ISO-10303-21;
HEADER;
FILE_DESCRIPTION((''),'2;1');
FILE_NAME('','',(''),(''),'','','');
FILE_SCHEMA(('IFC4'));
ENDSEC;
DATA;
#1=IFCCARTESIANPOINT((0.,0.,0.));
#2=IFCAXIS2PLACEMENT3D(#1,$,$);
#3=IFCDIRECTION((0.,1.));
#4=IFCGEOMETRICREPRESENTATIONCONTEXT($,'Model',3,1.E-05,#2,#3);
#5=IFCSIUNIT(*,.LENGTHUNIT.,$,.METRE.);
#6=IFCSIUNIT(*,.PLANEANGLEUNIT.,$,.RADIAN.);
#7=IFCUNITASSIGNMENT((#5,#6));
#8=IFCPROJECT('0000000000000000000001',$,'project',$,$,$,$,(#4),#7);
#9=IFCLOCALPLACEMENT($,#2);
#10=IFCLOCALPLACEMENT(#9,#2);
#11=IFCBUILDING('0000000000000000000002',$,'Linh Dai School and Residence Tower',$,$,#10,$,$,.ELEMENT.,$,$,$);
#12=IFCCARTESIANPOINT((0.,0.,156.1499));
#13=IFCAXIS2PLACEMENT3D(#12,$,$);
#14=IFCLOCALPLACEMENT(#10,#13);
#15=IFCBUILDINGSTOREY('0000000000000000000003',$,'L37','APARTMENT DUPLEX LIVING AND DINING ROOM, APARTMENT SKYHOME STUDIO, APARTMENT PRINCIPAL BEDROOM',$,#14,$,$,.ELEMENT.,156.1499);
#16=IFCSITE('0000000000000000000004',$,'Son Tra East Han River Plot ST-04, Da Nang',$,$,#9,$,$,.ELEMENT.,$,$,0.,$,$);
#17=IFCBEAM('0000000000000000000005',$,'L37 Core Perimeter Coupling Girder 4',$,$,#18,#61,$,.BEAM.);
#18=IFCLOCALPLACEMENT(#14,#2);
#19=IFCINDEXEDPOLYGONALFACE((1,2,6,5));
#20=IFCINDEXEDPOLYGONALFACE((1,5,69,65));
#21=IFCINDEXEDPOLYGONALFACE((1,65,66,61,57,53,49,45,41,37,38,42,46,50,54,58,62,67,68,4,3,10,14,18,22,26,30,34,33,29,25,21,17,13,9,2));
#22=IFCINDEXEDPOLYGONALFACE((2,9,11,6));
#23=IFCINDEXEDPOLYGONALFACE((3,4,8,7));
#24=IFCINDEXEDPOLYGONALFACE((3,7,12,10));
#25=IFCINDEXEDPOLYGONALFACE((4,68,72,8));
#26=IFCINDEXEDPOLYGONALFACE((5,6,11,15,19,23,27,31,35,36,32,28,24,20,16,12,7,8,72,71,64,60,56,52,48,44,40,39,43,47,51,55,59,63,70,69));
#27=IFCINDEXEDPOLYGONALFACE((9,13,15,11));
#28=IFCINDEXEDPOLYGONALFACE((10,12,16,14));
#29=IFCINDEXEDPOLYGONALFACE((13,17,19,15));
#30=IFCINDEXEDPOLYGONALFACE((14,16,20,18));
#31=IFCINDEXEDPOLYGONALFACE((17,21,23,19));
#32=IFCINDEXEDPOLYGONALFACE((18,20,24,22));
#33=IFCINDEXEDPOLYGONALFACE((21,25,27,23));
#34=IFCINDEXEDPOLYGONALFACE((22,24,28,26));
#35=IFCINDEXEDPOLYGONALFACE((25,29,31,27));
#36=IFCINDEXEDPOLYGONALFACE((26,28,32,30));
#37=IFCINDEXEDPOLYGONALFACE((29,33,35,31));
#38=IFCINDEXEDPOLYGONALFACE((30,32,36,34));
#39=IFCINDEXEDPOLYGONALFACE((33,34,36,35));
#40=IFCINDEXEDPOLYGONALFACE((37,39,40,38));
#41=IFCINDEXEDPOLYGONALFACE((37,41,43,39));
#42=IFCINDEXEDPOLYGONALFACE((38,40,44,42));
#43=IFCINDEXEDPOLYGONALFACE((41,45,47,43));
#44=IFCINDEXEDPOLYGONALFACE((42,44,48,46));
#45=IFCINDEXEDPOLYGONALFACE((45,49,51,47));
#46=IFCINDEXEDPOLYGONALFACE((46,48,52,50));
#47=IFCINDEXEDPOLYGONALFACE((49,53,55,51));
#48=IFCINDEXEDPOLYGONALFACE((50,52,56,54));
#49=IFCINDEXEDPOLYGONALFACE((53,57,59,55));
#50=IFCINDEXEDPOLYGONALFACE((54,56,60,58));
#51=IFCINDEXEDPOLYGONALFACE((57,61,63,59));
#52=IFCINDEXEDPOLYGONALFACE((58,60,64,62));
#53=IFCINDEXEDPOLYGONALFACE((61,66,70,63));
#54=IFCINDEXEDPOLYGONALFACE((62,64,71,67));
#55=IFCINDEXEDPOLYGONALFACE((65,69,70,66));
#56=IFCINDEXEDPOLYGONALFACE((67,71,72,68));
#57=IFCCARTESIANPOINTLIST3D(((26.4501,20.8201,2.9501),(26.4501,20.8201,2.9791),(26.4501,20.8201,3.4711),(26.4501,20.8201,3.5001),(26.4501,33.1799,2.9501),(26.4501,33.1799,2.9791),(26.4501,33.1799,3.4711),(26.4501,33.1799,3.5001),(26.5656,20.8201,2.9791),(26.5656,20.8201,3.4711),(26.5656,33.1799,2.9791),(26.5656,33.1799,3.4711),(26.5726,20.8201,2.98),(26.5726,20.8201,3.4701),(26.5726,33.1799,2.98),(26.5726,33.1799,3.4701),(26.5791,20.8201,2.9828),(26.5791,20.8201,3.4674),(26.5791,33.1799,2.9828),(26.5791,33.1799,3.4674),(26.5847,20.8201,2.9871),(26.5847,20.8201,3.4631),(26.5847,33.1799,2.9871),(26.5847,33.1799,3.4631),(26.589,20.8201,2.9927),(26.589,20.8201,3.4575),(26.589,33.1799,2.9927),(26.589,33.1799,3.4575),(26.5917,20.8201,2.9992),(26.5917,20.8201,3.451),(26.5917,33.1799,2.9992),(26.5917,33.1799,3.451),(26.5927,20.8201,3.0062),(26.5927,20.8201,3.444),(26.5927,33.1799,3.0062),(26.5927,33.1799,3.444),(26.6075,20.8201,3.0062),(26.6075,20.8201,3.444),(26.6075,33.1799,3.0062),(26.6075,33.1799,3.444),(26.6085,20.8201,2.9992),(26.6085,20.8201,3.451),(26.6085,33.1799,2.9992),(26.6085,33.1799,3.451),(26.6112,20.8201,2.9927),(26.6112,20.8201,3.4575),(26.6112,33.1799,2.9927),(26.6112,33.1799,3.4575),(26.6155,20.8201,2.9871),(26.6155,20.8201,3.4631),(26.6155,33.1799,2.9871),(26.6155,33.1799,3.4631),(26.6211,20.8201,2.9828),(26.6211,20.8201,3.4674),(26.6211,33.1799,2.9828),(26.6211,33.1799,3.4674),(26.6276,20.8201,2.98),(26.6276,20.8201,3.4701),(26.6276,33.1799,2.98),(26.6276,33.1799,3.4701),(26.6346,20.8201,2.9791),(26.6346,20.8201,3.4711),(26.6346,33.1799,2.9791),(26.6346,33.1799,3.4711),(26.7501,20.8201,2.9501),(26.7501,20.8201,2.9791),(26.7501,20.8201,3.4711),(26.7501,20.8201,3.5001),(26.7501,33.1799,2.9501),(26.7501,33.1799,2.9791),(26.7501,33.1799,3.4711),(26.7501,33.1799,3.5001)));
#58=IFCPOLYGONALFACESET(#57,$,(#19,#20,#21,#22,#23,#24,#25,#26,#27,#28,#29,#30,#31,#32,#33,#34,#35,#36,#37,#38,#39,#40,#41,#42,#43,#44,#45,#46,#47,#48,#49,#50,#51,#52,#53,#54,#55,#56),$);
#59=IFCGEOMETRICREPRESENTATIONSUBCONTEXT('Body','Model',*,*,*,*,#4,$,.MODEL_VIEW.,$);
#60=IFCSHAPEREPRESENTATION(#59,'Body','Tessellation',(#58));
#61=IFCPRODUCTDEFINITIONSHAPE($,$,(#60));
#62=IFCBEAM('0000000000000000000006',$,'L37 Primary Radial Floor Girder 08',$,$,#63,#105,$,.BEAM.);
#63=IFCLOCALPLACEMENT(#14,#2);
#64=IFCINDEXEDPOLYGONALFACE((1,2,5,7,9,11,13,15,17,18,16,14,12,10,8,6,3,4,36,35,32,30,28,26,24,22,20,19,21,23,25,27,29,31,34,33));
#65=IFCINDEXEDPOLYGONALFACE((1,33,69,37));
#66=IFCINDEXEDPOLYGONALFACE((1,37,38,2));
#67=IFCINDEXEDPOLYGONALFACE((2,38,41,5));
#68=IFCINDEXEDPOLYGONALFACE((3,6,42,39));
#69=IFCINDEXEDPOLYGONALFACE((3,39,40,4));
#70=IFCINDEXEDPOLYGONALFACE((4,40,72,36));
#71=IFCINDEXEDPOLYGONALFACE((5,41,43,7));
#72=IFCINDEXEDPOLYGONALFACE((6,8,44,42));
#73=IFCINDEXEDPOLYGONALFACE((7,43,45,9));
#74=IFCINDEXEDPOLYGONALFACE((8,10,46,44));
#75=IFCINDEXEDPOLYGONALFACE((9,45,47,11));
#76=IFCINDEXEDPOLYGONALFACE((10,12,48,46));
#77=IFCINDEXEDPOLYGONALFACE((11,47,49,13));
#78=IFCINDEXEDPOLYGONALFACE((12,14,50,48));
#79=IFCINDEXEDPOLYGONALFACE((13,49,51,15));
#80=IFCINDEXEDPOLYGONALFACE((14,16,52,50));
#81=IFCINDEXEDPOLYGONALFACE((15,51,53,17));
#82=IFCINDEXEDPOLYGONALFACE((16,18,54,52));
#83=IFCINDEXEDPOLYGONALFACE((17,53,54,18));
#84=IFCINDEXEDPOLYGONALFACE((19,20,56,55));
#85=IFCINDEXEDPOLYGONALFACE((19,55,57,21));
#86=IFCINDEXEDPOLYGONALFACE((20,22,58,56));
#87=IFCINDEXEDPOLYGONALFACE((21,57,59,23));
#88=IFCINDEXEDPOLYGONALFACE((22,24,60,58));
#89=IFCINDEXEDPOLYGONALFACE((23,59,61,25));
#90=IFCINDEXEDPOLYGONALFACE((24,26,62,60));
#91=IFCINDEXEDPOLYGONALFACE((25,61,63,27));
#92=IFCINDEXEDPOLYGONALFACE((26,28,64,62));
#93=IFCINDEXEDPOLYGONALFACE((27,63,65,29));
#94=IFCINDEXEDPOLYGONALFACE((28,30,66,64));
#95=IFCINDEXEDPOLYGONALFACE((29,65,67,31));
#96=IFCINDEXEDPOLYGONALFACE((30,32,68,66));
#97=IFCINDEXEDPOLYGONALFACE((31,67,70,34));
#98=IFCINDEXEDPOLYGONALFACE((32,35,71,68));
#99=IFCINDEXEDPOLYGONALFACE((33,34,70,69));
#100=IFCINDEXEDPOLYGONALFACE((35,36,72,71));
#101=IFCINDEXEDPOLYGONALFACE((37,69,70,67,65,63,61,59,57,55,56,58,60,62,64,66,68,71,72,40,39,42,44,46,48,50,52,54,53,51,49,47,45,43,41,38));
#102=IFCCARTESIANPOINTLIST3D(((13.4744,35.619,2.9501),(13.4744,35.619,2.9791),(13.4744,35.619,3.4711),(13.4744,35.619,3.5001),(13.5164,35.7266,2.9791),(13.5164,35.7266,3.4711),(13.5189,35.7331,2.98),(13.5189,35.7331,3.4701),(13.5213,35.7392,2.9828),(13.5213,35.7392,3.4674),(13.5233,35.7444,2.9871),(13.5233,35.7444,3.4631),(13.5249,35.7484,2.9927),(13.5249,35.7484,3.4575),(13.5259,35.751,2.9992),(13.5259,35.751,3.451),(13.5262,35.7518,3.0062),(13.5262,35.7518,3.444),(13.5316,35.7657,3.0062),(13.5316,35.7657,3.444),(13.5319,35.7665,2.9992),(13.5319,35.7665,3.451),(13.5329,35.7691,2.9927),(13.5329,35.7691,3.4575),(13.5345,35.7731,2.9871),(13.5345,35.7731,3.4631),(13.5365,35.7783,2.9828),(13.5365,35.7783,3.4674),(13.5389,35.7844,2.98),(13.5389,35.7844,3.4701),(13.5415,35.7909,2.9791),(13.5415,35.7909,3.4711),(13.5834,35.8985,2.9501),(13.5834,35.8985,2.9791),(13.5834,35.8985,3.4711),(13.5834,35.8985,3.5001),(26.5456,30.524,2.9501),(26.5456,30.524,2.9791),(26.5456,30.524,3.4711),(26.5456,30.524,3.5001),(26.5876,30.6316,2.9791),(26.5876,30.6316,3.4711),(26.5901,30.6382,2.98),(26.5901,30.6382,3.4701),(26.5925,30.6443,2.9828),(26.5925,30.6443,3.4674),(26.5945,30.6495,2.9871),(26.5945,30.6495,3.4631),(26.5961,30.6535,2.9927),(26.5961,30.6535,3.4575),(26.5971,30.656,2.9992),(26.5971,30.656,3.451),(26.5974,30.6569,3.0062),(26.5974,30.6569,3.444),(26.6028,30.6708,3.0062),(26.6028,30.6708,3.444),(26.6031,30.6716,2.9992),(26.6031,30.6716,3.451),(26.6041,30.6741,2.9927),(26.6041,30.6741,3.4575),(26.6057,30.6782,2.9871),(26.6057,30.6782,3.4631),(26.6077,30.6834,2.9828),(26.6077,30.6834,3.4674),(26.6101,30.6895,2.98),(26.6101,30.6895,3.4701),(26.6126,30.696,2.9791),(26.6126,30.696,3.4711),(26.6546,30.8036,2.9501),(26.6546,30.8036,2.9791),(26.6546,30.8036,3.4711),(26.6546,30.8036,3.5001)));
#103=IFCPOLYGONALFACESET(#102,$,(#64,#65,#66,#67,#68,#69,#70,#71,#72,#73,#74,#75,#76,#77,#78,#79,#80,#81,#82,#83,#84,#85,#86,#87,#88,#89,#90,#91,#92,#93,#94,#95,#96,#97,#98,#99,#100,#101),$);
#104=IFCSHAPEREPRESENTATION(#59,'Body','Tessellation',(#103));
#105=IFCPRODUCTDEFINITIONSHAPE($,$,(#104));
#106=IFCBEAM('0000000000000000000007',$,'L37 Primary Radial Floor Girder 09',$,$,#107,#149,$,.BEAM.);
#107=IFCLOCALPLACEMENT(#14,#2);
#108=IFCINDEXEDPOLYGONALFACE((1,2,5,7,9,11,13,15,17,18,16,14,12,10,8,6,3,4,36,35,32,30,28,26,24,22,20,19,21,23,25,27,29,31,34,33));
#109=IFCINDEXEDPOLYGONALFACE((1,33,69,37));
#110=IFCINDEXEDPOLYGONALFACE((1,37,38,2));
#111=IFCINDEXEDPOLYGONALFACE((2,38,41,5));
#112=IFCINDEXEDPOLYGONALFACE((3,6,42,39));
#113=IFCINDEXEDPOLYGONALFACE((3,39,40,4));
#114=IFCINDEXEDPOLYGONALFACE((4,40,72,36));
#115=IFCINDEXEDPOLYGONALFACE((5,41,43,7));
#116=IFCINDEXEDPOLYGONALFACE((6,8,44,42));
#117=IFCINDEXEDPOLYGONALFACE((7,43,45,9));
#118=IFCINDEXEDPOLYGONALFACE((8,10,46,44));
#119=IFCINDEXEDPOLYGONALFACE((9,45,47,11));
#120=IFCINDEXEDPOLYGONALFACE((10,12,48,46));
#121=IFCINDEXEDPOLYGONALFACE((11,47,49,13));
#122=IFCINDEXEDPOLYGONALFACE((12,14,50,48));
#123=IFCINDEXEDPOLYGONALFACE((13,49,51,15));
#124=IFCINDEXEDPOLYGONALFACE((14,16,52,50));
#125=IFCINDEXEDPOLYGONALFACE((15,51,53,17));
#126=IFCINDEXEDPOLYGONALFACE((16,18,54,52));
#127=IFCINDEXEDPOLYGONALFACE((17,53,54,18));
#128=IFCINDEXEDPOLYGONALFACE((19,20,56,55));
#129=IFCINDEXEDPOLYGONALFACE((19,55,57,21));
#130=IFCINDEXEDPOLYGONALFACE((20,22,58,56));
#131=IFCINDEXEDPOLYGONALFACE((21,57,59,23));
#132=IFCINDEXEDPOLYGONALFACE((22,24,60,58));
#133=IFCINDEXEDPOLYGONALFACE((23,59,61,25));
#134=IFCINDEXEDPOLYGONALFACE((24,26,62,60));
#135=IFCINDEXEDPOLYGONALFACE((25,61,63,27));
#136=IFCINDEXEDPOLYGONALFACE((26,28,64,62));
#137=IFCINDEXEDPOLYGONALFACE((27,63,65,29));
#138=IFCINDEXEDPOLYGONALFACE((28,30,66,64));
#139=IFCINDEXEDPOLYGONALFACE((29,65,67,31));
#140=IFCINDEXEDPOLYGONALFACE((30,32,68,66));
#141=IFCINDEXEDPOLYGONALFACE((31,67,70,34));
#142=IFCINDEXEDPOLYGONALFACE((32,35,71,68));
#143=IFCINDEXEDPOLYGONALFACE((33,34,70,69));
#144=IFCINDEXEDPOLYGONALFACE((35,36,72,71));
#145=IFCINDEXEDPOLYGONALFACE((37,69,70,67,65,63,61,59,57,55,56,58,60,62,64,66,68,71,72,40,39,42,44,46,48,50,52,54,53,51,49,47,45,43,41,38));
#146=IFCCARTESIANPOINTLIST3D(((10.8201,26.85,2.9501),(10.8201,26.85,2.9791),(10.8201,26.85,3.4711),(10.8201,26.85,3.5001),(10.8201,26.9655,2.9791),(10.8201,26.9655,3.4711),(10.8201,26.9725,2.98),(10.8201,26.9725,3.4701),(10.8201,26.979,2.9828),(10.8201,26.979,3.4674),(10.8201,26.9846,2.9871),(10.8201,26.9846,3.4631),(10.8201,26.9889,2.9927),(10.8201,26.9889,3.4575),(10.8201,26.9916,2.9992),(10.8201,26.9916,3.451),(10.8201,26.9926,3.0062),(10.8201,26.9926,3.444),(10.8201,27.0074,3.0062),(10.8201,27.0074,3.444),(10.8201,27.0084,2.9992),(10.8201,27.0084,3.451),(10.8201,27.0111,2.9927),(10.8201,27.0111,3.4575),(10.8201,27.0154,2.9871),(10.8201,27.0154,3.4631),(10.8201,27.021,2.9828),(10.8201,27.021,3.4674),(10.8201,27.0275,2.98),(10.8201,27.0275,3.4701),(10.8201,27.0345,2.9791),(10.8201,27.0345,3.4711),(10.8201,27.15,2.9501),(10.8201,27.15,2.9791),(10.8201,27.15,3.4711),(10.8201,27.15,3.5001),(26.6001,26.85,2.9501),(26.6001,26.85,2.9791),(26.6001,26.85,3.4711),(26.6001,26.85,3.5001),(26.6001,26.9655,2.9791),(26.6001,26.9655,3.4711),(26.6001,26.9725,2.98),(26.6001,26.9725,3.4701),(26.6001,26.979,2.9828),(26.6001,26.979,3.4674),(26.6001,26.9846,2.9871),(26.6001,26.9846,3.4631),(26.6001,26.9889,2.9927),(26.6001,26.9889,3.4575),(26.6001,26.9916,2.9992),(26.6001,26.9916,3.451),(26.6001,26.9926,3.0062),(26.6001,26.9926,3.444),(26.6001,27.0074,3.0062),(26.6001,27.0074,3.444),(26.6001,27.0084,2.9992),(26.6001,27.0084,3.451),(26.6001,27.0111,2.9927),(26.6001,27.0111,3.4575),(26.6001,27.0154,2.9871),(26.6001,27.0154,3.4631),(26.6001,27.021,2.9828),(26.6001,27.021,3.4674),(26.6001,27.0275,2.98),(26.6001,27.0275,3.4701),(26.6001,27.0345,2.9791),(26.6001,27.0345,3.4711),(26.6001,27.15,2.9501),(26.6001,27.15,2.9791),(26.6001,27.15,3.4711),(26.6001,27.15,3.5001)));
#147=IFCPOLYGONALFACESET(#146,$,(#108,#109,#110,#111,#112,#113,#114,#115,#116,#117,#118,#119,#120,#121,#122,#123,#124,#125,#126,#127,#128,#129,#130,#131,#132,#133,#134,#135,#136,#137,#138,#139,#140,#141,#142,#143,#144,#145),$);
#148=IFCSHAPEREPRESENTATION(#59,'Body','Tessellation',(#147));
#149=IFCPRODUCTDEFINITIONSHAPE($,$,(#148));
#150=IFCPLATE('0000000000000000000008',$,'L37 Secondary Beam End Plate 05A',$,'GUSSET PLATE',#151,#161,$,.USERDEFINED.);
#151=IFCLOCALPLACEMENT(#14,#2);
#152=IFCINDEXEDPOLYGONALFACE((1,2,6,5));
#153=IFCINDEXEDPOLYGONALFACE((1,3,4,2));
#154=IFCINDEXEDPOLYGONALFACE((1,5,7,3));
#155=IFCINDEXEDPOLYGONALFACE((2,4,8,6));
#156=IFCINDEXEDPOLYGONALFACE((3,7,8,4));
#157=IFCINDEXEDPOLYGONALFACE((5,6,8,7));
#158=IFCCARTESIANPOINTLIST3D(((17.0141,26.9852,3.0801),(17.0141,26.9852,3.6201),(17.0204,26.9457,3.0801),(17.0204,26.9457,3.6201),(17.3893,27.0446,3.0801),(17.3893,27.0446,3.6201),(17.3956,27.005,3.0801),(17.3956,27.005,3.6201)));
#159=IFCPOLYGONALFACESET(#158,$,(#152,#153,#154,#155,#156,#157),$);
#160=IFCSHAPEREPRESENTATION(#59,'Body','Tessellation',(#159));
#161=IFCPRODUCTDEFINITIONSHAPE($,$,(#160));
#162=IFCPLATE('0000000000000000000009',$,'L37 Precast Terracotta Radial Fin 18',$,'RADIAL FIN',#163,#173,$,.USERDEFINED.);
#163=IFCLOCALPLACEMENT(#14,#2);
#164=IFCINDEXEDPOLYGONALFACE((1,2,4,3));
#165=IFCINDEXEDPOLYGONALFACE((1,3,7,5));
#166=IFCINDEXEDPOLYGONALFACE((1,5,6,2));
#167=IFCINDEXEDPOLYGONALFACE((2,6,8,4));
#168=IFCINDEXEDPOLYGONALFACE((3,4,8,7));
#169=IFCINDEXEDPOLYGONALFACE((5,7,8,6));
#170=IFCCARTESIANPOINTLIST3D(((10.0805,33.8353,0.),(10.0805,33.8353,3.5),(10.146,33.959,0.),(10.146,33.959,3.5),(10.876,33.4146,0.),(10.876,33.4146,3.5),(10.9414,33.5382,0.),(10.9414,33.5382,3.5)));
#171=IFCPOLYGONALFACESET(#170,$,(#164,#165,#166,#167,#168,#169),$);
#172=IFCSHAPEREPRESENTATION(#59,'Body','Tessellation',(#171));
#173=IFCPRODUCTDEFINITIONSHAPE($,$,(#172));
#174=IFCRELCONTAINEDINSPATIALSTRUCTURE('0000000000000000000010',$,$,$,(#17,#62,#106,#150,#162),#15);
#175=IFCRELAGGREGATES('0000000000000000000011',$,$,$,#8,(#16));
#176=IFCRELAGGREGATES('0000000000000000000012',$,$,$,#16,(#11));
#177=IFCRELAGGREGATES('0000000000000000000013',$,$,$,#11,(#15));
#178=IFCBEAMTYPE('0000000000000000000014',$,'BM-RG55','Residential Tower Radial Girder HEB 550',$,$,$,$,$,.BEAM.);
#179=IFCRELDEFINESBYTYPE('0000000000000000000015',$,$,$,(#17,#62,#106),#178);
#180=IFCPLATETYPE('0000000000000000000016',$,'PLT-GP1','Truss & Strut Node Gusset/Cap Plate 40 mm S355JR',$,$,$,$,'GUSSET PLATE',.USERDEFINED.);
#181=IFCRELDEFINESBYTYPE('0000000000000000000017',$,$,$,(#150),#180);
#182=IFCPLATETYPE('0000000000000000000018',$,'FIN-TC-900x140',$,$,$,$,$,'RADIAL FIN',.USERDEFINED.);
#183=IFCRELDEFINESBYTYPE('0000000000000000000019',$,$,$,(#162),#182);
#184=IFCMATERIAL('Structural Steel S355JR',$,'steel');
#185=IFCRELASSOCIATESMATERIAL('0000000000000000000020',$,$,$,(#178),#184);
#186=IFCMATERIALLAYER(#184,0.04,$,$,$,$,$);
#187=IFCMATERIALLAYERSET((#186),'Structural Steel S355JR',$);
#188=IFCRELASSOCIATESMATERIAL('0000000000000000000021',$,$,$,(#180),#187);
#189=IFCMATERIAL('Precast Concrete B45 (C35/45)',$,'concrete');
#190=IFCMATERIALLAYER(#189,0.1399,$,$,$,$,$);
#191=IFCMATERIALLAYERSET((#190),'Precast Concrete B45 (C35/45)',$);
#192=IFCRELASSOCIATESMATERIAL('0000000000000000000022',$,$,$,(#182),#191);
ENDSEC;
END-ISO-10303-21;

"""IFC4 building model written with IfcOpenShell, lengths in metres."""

from ifc_helpers import new_model, si_unit, direction, frame, origin, origin_2d, place, context, subcontext, project, spatial, rectangle, i_section, extrude, source, transform, mapped, material, layer, layer_set, material_profile, profile_set, type_object, element, save


model = new_model("IFC4")

# Units and contexts
model_context = context("Model", 3, precision=1e-05, world=origin(), true_north=direction((0.0, 1.0)))
body_context = subcontext(model_context, "Body", "Model", "MODEL_VIEW")
ifc_project = project(units=[si_unit("LENGTHUNIT", "METRE"), si_unit("PLANEANGLEUNIT", "RADIAN")], contexts=[model_context])

# Site, building, storey
site_placement = place(None, origin())
site = spatial("IfcSite", under=ifc_project, at=site_placement, Name="Son Tra East Han River Plot ST-04, Da Nang", CompositionType="ELEMENT", RefElevation=0.0)
building_placement = place(site_placement, origin())
building = spatial("IfcBuilding", under=site, at=building_placement, Name="Linh Dai School and Residence Tower", CompositionType="ELEMENT")
storey_placement = place(building_placement, frame((0.0, 0.0, 156.1499)))
storey = spatial("IfcBuildingStorey", under=building, at=storey_placement, Name="L37", Description="APARTMENT DUPLEX LIVING AND DINING ROOM, APARTMENT SKYHOME STUDIO, APARTMENT PRINCIPAL BEDROOM", CompositionType="ELEMENT", Elevation=156.1499)

# Shared definitions
ifc_material_1 = material(Name="Structural Steel S355JR", Category="steel")

# Beams
ifc_material_profile_1 = material_profile(ifc_material_1, i_section(OverallWidth=0.3, OverallDepth=0.55, WebThickness=0.0149, FlangeThickness=0.0291, FilletRadius=0.0271, at=origin_2d()), Name="HEB 550")
ifc_profile_set_1 = profile_set([ifc_material_profile_1], Name="Structural Steel S355JR")
beam_type_1 = type_object("IfcBeamType", Name="BM-RG55", Description="Residential Tower Radial Girder HEB 550", PredefinedType="BEAM", material=ifc_profile_set_1)
beam_1_placement = place(storey_placement, frame((26.6001, 33.1799, 3.2251), z_axis=(0.0, -1.0, 0.0), x_axis=(1.0, 0.0, 0.0)))
element("IfcBeam", 1, at=beam_1_placement, inside=storey, type_object=beam_type_1, Name="L37 Core Perimeter Coupling Girder 4", PredefinedType="BEAM", context=body_context, shape_type="SweptSolid", body=[
    extrude(i_section(OverallWidth=0.3, OverallDepth=0.55, WebThickness=0.0149, FlangeThickness=0.0291, FilletRadius=0.0271, at=origin_2d()), origin(), (0.0, 0.0, 1.0), 12.3599),
])
beam_2_placement = place(storey_placement, frame((26.6001, 30.6638, 3.2251), z_axis=(-0.931723, 0.36317, 0.0), x_axis=(-0.36317, -0.931723, 0.0)))
element("IfcBeam", 2, at=beam_2_placement, inside=storey, type_object=beam_type_1, Name="L37 Primary Radial Floor Girder 08", PredefinedType="BEAM", context=body_context, shape_type="SweptSolid", body=[
    extrude(i_section(OverallWidth=0.3, OverallDepth=0.55, WebThickness=0.0149, FlangeThickness=0.0291, FilletRadius=0.0271, at=origin_2d()), origin(), (0.0, 0.0, 1.0), 14.0291),
])
beam_3_placement = place(storey_placement, frame((26.6001, 27.0, 3.2251), z_axis=(-1.0, 0.0, 0.0), x_axis=(0.0, -1.0, 0.0)))
element("IfcBeam", 3, at=beam_3_placement, inside=storey, type_object=beam_type_1, Name="L37 Primary Radial Floor Girder 09", PredefinedType="BEAM", context=body_context, shape_type="SweptSolid", body=[
    extrude(i_section(OverallWidth=0.3, OverallDepth=0.55, WebThickness=0.0149, FlangeThickness=0.0291, FilletRadius=0.0271, at=origin_2d()), origin(), (0.0, 0.0, 1.0), 15.78),
])

# Plates
ifc_layer_1 = layer(ifc_material_1, 0.04)
ifc_layer_set_1 = layer_set([ifc_layer_1], Name="Structural Steel S355JR")
plate_type_1 = type_object("IfcPlateType", Name="PLT-GP1", Description="Truss & Strut Node Gusset/Cap Plate 40 mm S355JR", ElementType="GUSSET PLATE", PredefinedType="USERDEFINED", material=ifc_layer_set_1)
shared_shape_1 = source(origin(), body_context, "Body", "SweptSolid", [
    extrude(rectangle(XDim=0.04, YDim=0.3799, at=origin_2d()), origin(), (0.0, 0.0, 1.0), 0.54),
])
plate_1_placement = place(storey_placement, frame((17.2048, 26.9951, 3.0801), z_axis=(0.0, 0.0, 1.0), x_axis=(0.156309, -0.987708, 0.0)))
element("IfcPlate", 4, at=plate_1_placement, inside=storey, type_object=plate_type_1, Name="L37 Secondary Beam End Plate 05A", ObjectType="GUSSET PLATE", PredefinedType="USERDEFINED", context=body_context, shape_type="MappedRepresentation", body=[
    mapped(shared_shape_1, transform((0.0, 0.0, 0.0), x_axis=(1.0, 0.0, 0.0), y_axis=(0.0, 1.0, 0.0), z_axis=(0.0, 0.0, 1.0), scale=1.0)),
])
ifc_material_2 = material(Name="Precast Concrete B45 (C35/45)", Category="concrete")
ifc_layer_2 = layer(ifc_material_2, 0.1399)
ifc_layer_set_2 = layer_set([ifc_layer_2], Name="Precast Concrete B45 (C35/45)")
plate_type_2 = type_object("IfcPlateType", Name="FIN-TC-900x140", ElementType="RADIAL FIN", PredefinedType="USERDEFINED", material=ifc_layer_set_2)
shared_shape_2 = source(origin(), body_context, "Body", "SweptSolid", [
    extrude(rectangle(XDim=0.8999, YDim=0.1399, at=origin_2d()), origin(), (0.0, 0.0, 1.0), 3.5),
])
plate_2_placement = place(storey_placement, frame((10.511, 33.6868, 0.0), z_axis=(0.0, 0.0, 1.0), x_axis=(-0.883951, 0.46758, 0.0)))
element("IfcPlate", 5, at=plate_2_placement, inside=storey, type_object=plate_type_2, Name="L37 Precast Terracotta Radial Fin 18", ObjectType="RADIAL FIN", PredefinedType="USERDEFINED", context=body_context, shape_type="MappedRepresentation", body=[
    mapped(shared_shape_2, transform((0.0, 0.0, 0.0), x_axis=(1.0, 0.0, 0.0), y_axis=(0.0, 1.0, 0.0), z_axis=(0.0, 0.0, 1.0), scale=1.0)),
])

save(model, "model.ifc")
